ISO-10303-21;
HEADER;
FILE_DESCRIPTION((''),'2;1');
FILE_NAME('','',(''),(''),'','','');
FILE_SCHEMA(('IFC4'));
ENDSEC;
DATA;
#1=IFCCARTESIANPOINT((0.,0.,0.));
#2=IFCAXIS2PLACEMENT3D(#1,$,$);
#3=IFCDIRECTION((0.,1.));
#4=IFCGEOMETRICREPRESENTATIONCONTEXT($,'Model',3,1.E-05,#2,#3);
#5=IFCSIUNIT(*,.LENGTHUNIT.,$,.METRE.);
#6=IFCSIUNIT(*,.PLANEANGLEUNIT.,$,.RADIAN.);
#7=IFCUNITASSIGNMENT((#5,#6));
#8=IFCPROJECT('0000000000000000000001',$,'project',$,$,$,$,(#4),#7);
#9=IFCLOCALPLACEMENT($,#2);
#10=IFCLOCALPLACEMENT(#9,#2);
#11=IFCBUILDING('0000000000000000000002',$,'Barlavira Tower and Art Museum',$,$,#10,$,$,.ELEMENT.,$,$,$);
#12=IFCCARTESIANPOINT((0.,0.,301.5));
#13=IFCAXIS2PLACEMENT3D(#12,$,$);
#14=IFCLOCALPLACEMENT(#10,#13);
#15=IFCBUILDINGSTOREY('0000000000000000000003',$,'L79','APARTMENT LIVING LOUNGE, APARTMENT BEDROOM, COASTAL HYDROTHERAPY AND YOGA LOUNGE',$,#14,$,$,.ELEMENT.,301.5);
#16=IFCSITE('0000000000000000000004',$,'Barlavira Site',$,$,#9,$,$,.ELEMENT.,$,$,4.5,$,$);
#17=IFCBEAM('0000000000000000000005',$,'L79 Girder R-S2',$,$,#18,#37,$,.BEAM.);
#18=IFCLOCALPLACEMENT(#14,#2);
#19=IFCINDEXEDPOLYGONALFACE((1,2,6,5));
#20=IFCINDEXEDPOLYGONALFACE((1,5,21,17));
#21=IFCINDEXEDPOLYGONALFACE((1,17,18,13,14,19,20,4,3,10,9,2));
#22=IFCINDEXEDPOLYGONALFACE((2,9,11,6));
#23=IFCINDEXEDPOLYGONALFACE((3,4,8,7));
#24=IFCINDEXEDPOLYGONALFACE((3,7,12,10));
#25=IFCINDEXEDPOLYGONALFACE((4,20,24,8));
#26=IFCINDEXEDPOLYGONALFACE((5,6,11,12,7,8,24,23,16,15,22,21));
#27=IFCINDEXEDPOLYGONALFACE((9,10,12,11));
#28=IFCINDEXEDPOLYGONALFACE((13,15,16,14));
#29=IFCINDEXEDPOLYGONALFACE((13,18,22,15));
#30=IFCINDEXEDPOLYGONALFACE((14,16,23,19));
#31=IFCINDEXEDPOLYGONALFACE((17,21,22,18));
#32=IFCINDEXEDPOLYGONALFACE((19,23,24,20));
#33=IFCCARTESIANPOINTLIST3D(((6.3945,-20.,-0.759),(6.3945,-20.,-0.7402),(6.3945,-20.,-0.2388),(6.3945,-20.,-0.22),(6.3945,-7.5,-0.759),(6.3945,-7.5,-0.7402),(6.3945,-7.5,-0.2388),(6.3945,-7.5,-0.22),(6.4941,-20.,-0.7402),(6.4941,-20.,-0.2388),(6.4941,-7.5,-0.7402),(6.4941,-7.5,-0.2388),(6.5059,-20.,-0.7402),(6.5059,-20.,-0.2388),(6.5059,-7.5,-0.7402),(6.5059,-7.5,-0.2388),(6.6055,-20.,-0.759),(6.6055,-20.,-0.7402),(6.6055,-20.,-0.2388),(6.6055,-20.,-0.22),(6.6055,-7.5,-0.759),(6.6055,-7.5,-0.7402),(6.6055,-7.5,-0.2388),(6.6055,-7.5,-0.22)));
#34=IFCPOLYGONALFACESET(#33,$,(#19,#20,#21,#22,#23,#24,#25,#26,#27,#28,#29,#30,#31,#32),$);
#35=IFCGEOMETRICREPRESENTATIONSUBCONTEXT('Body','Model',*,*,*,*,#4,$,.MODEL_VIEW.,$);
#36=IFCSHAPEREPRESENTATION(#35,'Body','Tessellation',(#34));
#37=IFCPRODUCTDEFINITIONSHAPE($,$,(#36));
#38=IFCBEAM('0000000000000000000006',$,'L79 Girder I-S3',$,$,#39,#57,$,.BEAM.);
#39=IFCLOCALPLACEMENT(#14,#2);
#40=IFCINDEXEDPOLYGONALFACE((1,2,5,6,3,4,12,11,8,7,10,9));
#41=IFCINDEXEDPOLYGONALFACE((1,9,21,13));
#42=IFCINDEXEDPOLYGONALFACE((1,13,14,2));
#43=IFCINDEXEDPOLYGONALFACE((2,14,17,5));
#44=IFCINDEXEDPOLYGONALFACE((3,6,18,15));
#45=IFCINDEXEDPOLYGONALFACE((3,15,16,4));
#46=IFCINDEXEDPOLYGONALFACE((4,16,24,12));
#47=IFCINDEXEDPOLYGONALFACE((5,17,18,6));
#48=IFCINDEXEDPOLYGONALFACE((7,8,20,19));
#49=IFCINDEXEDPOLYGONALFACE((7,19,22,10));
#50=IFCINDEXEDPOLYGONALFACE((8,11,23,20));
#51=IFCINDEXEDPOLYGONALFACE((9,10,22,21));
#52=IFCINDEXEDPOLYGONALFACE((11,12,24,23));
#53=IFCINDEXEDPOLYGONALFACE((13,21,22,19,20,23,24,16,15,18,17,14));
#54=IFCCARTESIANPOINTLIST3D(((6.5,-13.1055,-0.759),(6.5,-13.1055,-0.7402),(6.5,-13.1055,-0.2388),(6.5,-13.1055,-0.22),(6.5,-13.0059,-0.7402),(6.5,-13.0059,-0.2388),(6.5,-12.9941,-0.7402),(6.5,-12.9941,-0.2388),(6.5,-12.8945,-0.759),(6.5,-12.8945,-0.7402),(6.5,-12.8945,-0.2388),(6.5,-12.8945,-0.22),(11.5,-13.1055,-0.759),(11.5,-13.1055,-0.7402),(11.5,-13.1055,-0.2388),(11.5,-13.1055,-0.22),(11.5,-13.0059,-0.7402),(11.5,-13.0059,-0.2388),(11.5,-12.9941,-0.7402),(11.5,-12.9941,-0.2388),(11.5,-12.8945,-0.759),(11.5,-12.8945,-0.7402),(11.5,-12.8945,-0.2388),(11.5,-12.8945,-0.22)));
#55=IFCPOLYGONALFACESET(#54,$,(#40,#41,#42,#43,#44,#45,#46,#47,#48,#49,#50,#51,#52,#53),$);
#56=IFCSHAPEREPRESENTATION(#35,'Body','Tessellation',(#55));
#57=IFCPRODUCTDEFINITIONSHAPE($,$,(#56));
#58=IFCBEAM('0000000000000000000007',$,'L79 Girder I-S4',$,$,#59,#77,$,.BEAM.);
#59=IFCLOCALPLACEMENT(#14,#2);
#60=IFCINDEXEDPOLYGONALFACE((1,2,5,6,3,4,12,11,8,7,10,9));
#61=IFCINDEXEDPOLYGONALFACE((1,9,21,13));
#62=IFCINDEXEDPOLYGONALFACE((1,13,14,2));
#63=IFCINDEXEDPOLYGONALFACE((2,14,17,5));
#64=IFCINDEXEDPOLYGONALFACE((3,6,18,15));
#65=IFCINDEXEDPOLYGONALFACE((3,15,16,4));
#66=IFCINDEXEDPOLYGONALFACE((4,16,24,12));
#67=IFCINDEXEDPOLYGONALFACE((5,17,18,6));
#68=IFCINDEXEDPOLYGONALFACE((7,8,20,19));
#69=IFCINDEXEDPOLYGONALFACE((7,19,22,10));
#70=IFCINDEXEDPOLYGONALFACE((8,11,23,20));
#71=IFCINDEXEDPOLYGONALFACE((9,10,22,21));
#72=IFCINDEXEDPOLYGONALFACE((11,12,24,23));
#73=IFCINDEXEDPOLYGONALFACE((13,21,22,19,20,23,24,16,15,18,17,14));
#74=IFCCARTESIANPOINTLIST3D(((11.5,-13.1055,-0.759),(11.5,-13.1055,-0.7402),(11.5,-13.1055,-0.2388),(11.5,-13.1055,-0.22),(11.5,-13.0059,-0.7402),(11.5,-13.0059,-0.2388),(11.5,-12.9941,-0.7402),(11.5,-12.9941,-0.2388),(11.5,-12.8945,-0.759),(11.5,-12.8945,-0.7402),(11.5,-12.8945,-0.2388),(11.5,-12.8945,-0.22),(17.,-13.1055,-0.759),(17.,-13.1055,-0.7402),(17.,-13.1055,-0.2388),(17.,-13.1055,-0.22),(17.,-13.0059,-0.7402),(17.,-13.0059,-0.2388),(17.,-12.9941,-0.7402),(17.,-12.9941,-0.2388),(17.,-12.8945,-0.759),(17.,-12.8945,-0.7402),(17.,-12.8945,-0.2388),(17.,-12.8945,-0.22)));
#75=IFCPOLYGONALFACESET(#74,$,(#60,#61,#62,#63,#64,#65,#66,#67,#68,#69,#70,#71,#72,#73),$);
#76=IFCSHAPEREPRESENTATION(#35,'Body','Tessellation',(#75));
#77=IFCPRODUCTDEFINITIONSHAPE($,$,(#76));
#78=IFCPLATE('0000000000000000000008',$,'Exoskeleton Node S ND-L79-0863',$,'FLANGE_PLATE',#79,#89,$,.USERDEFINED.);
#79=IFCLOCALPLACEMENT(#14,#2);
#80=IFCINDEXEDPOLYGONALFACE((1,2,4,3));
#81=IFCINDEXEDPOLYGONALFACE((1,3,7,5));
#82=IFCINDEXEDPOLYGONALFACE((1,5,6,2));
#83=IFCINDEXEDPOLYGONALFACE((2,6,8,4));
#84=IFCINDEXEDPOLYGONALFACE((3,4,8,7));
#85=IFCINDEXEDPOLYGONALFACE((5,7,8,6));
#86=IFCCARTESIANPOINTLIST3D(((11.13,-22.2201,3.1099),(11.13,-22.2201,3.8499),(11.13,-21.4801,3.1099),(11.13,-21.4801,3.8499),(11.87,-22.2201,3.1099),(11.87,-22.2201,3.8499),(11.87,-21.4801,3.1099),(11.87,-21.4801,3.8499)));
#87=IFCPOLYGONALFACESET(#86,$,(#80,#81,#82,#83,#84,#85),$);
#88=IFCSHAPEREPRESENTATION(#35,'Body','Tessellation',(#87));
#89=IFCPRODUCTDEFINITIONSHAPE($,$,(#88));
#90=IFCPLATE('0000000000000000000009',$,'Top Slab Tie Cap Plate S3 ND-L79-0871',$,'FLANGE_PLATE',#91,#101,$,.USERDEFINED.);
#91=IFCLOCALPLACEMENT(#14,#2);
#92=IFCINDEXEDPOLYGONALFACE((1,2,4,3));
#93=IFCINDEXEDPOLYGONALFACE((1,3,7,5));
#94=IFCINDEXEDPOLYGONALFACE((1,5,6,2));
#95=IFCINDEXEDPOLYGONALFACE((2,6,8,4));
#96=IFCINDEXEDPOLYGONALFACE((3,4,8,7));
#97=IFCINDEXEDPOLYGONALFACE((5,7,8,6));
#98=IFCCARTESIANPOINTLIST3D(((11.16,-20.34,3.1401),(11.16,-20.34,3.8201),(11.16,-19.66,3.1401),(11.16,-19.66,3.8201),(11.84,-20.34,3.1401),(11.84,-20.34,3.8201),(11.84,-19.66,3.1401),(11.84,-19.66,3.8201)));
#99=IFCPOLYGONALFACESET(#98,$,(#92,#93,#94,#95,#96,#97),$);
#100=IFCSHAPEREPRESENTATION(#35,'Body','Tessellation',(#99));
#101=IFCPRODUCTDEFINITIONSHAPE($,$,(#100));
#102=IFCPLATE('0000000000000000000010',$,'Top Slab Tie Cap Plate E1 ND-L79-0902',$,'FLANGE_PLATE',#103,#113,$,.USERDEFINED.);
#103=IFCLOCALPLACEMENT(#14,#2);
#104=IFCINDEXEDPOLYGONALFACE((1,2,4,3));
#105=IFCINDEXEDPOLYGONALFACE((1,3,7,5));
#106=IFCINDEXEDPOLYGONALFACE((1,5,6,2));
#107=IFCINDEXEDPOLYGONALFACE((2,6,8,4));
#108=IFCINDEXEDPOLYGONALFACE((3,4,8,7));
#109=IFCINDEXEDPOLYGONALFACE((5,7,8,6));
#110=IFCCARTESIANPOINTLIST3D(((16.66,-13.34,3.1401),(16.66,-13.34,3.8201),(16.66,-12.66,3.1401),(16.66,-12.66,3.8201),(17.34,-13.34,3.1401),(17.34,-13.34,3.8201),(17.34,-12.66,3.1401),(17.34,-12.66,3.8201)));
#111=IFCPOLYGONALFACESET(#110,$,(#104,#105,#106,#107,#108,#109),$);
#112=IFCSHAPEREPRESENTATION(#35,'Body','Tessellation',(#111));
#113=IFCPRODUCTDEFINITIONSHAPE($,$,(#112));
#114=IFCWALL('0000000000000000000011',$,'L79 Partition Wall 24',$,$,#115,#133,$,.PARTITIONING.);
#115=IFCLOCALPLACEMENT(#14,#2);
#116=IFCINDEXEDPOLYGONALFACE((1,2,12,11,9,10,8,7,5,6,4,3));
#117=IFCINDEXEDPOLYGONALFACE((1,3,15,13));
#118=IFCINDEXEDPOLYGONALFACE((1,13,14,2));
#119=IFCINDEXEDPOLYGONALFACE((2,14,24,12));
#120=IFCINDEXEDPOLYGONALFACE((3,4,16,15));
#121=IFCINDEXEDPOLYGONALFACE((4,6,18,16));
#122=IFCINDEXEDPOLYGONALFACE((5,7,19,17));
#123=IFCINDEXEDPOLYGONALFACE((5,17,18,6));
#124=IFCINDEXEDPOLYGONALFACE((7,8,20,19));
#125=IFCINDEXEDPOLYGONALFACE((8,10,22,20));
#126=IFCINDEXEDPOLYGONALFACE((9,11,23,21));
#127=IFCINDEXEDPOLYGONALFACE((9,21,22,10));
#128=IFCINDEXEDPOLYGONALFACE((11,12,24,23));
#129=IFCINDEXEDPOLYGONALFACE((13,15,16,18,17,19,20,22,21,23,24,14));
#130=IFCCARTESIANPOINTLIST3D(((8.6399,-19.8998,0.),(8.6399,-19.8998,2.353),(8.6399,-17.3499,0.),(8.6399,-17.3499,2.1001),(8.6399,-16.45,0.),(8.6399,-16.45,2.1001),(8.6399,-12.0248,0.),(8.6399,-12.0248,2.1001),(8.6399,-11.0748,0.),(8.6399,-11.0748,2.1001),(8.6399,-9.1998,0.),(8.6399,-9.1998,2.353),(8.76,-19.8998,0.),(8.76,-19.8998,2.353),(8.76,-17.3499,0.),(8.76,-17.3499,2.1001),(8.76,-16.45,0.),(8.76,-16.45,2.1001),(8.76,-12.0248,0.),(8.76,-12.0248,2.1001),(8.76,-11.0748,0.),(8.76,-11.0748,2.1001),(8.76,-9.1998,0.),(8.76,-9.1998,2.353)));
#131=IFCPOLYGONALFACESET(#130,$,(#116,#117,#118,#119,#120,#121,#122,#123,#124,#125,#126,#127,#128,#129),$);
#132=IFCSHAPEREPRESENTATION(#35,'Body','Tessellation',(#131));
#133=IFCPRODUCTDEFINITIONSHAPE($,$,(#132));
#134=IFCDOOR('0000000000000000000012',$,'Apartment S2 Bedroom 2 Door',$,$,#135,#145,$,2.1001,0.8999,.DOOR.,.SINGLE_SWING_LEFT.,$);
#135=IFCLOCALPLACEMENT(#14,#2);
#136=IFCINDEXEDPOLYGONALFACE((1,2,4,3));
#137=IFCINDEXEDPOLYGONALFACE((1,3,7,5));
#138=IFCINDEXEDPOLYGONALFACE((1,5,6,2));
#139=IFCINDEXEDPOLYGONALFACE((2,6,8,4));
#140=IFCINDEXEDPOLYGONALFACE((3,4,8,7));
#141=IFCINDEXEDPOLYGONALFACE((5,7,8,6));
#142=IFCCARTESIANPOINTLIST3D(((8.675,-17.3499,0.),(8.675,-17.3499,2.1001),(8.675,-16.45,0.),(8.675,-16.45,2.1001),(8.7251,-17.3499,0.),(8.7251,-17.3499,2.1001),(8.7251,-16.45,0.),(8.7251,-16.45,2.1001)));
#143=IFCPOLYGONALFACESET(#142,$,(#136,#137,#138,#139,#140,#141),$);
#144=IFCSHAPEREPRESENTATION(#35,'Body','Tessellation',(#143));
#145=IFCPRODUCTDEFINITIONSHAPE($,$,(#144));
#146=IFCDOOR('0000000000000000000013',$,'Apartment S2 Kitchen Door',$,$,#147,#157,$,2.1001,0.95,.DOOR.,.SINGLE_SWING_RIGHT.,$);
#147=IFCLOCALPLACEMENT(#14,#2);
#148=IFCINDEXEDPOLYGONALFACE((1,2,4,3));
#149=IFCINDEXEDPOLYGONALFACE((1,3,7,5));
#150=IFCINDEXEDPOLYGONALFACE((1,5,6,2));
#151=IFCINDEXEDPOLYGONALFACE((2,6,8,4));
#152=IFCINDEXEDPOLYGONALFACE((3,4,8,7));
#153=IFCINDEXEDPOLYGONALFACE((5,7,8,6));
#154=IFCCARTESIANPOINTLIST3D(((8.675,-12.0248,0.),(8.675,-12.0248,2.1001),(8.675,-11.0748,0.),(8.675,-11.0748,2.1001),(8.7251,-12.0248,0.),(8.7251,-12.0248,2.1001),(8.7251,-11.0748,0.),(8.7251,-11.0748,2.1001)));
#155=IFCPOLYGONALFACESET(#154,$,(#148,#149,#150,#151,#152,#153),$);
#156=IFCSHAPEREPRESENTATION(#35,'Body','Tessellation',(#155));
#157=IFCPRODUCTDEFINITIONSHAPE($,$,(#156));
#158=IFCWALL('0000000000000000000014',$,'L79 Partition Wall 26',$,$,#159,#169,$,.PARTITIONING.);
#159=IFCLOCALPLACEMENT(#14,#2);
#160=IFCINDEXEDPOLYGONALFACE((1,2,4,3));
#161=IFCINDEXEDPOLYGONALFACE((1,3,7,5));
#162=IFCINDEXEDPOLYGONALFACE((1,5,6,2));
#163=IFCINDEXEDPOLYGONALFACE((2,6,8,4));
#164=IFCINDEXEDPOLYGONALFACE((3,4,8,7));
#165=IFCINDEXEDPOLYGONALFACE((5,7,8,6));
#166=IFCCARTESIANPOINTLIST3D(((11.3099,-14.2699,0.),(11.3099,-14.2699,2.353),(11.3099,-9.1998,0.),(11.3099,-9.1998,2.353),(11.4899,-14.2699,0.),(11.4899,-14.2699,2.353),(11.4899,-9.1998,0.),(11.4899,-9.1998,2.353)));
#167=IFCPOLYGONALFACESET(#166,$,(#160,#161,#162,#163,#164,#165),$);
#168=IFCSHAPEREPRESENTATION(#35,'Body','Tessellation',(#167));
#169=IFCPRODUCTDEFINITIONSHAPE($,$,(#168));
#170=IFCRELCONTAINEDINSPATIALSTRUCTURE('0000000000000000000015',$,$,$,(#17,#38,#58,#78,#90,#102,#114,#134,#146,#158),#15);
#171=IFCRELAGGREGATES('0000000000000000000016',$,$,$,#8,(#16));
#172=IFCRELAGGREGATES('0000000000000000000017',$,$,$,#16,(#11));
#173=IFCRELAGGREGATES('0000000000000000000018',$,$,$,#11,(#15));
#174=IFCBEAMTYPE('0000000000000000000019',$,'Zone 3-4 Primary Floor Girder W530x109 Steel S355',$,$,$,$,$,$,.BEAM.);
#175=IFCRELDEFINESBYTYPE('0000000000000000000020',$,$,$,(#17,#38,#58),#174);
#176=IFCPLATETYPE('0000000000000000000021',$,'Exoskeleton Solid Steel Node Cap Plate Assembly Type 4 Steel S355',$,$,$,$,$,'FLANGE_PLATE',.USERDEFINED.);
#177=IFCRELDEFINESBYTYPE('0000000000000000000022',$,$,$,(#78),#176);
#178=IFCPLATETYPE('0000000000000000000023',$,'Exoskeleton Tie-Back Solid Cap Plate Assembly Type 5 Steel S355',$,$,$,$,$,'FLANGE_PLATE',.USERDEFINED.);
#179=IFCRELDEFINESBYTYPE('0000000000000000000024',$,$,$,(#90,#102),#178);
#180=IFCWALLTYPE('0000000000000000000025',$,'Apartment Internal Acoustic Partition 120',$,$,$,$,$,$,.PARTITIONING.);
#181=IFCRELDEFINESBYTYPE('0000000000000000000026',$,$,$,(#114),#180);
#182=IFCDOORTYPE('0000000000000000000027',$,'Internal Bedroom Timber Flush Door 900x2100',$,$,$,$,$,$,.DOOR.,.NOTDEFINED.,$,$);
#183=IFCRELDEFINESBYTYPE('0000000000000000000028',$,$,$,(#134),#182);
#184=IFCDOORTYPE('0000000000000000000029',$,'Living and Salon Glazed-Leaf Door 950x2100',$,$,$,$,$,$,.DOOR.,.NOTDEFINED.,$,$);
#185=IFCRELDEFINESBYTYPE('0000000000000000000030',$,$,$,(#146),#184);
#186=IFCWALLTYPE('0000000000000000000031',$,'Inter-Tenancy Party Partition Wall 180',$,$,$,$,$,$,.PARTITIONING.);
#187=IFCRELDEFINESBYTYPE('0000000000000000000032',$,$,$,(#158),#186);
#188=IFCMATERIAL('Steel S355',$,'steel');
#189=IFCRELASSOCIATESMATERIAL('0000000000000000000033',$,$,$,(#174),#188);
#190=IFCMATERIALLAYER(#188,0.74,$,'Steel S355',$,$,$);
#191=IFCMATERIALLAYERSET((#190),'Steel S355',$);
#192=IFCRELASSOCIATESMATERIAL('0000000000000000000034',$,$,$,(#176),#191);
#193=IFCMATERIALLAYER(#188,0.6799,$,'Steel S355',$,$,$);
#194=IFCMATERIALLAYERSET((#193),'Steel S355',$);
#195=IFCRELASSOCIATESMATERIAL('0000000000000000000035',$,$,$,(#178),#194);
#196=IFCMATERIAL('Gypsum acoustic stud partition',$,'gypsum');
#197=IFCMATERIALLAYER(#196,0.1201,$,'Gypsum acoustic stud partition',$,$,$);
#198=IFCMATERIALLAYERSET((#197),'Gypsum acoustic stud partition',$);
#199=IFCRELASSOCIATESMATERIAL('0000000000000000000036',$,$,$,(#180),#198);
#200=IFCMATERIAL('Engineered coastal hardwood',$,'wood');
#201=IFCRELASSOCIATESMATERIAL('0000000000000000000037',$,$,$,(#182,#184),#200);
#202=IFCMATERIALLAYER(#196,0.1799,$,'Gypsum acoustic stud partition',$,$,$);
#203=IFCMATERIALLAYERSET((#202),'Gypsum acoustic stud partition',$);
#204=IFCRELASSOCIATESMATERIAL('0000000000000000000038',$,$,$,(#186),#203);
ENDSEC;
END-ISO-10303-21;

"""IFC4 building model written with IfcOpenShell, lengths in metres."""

from ifc_helpers import new_model, si_unit, direction, frame, frame_2d, origin, origin_2d, place, context, subcontext, project, spatial, rectangle, i_section, extrude, material, layer, layer_set, material_profile, profile_set, type_object, element, fill, save


model = new_model("IFC4")

# Units and contexts
model_context = context("Model", 3, precision=1e-05, world=origin(), true_north=direction((0.0, 1.0)))
body_context = subcontext(model_context, "Body", "Model", "MODEL_VIEW")
ifc_project = project(units=[si_unit("LENGTHUNIT", "METRE"), si_unit("PLANEANGLEUNIT", "RADIAN")], contexts=[model_context])

# Site, building, storey
site_placement = place(None, origin())
site = spatial("IfcSite", under=ifc_project, at=site_placement, Name="Barlavira Site", CompositionType="ELEMENT", RefElevation=4.5)
building_placement = place(site_placement, origin())
building = spatial("IfcBuilding", under=site, at=building_placement, Name="Barlavira Tower and Art Museum", CompositionType="ELEMENT")
storey_placement = place(building_placement, frame((0.0, 0.0, 301.5)))
storey = spatial("IfcBuildingStorey", under=building, at=storey_placement, Name="L79", Description="APARTMENT LIVING LOUNGE, APARTMENT BEDROOM, COASTAL HYDROTHERAPY AND YOGA LOUNGE", CompositionType="ELEMENT", Elevation=301.5)

# Shared definitions
ifc_material_1 = material(Name="Steel S355", Category="steel")

# Beams
ifc_material_profile_1 = material_profile(ifc_material_1, i_section(OverallWidth=0.2109, OverallDepth=0.5391, WebThickness=0.0117, FlangeThickness=0.0188, at=origin_2d()), Name="W530x109.0")
ifc_profile_set_1 = profile_set([ifc_material_profile_1], Name="Steel S355")
beam_type_1 = type_object("IfcBeamType", Name="Zone 3-4 Primary Floor Girder W530x109 Steel S355", PredefinedType="BEAM", material=ifc_profile_set_1)
beam_1_placement = place(storey_placement, frame((6.5, -20.0, -0.4895), z_axis=(0.0, 1.0, 0.0), x_axis=(-1.0, 0.0, 0.0)))
element("IfcBeam", 1, at=beam_1_placement, inside=storey, type_object=beam_type_1, Name="L79 Girder R-S2", PredefinedType="BEAM", context=body_context, shape_type="SweptSolid", body=[
    extrude(i_section(OverallWidth=0.2109, OverallDepth=0.5391, WebThickness=0.0117, FlangeThickness=0.0188, at=origin_2d()), origin(), (0.0, 0.0, 1.0), 12.5),
])
beam_2_placement = place(storey_placement, frame((6.5, -13.0, -0.4895), z_axis=(1.0, 0.0, 0.0), x_axis=(0.0, 1.0, 0.0)))
element("IfcBeam", 2, at=beam_2_placement, inside=storey, type_object=beam_type_1, Name="L79 Girder I-S3", PredefinedType="BEAM", context=body_context, shape_type="SweptSolid", body=[
    extrude(i_section(OverallWidth=0.2109, OverallDepth=0.5391, WebThickness=0.0117, FlangeThickness=0.0188, at=origin_2d()), origin(), (0.0, 0.0, 1.0), 5.0),
])
beam_3_placement = place(storey_placement, frame((11.5, -13.0, -0.4895), z_axis=(1.0, 0.0, 0.0), x_axis=(0.0, 1.0, 0.0)))
element("IfcBeam", 3, at=beam_3_placement, inside=storey, type_object=beam_type_1, Name="L79 Girder I-S4", PredefinedType="BEAM", context=body_context, shape_type="SweptSolid", body=[
    extrude(i_section(OverallWidth=0.2109, OverallDepth=0.5391, WebThickness=0.0117, FlangeThickness=0.0188, at=origin_2d()), origin(), (0.0, 0.0, 1.0), 5.5),
])

# Plates
ifc_layer_1 = layer(ifc_material_1, 0.74, Name="Steel S355")
ifc_layer_set_1 = layer_set([ifc_layer_1], Name="Steel S355")
plate_type_1 = type_object("IfcPlateType", Name="Exoskeleton Solid Steel Node Cap Plate Assembly Type 4 Steel S355", ElementType="FLANGE_PLATE", PredefinedType="USERDEFINED", material=ifc_layer_set_1)
plate_placement = place(storey_placement, frame((11.5, -21.8501, 3.1099), z_axis=(0.0, 0.0, 1.0), x_axis=(1.0, 0.0, 0.0)))
element("IfcPlate", 4, at=plate_placement, inside=storey, type_object=plate_type_1, Name="Exoskeleton Node S ND-L79-0863", ObjectType="FLANGE_PLATE", PredefinedType="USERDEFINED", context=body_context, shape_type="SweptSolid", body=[
    extrude(rectangle(XDim=0.74, YDim=0.74, at=origin_2d()), origin(), (0.0, 0.0, 1.0), 0.74),
])
ifc_layer_2 = layer(ifc_material_1, 0.6799, Name="Steel S355")
ifc_layer_set_2 = layer_set([ifc_layer_2], Name="Steel S355")
plate_type_2 = type_object("IfcPlateType", Name="Exoskeleton Tie-Back Solid Cap Plate Assembly Type 5 Steel S355", ElementType="FLANGE_PLATE", PredefinedType="USERDEFINED", material=ifc_layer_set_2)
for number, where, z_axis, x_axis, name in (
    (5, (11.5, -20.0, 3.1401), (0.0, 0.0, 1.0), (1.0, 0.0, 0.0), "Top Slab Tie Cap Plate S3 ND-L79-0871"),
    (6, (17.0, -13.0, 3.1401), (0.0, 0.0, 1.0), (1.0, 0.0, 0.0), "Top Slab Tie Cap Plate E1 ND-L79-0902"),
):
    element("IfcPlate", number, at=place(storey_placement, frame(where, z_axis=z_axis, x_axis=x_axis)), inside=storey, type_object=plate_type_2, Name=name, ObjectType="FLANGE_PLATE", PredefinedType="USERDEFINED", context=body_context, shape_type="SweptSolid", body=[
        extrude(rectangle(XDim=0.6799, YDim=0.6799, at=origin_2d()), origin(), (0.0, 0.0, 1.0), 0.6799),
    ])

# Wall, openings, doors
ifc_material_2 = material(Name="Gypsum acoustic stud partition", Category="gypsum")
ifc_layer_3 = layer(ifc_material_2, 0.1201, Name="Gypsum acoustic stud partition")
ifc_layer_set_3 = layer_set([ifc_layer_3], Name="Gypsum acoustic stud partition")
wall_type_1 = type_object("IfcWallType", Name="Apartment Internal Acoustic Partition 120", PredefinedType="PARTITIONING", material=ifc_layer_set_3)
wall_1_placement = place(storey_placement, frame((8.7, -19.8999, 0.0), z_axis=(0.0, 0.0, 1.0), x_axis=(0.0, 1.0, 0.0)))
wall_1 = element("IfcWall", 7, at=wall_1_placement, inside=storey, type_object=wall_type_1, Name="L79 Partition Wall 24", PredefinedType="PARTITIONING", context=body_context, shape_type="SweptSolid", body=[
    extrude(rectangle(XDim=10.7, YDim=0.1201, at=frame_2d((5.3501, 0.0))), origin(), (0.0, 0.0, 1.0), 2.353),
])
opening_1_placement = place(wall_1_placement, frame((7.875, 0.0, 0.0)))
opening_1 = element("IfcOpeningElement", 8, at=opening_1_placement, cuts=wall_1, PredefinedType="OPENING", context=body_context, shape_type="SweptSolid", body=[
    extrude(rectangle(XDim=0.95, YDim=2.1001, at=frame_2d((0.4751, 1.05))), frame((0.0, 0.0701, 0.0), z_axis=(0.0, -1.0, 0.0), x_axis=(1.0, 0.0, 0.0)), (0.0, 0.0, 1.0), 0.1401),
])
opening_2_placement = place(wall_1_placement, frame((2.55, 0.0, 0.0)))
opening_2 = element("IfcOpeningElement", 9, at=opening_2_placement, cuts=wall_1, PredefinedType="OPENING", context=body_context, shape_type="SweptSolid", body=[
    extrude(rectangle(XDim=0.8999, YDim=2.1001, at=frame_2d((0.45, 1.05))), frame((0.0, 0.0701, 0.0), z_axis=(0.0, -1.0, 0.0), x_axis=(1.0, 0.0, 0.0)), (0.0, 0.0, 1.0), 0.1401),
])
ifc_material_3 = material(Name="Engineered coastal hardwood", Category="wood")
door_type_1 = type_object("IfcDoorType", Name="Internal Bedroom Timber Flush Door 900x2100", OperationType="NOTDEFINED", PredefinedType="DOOR", material=ifc_material_3)
door_1_placement = place(opening_2_placement, origin())
door_1 = element("IfcDoor", 10, at=door_1_placement, inside=storey, type_object=door_type_1, Name="Apartment S2 Bedroom 2 Door", OperationType="SINGLE_SWING_LEFT", OverallHeight=2.1001, OverallWidth=0.8999, PredefinedType="DOOR", context=body_context, shape_type="SweptSolid", body=[
    extrude(rectangle(XDim=0.8999, YDim=2.1001, at=frame_2d((0.45, 1.05))), frame((0.0, 0.0249, 0.0), z_axis=(0.0, -1.0, 0.0), x_axis=(1.0, 0.0, 0.0)), (0.0, 0.0, 1.0), 0.05),
])
fill(opening_2, door_1)
door_type_2 = type_object("IfcDoorType", Name="Living and Salon Glazed-Leaf Door 950x2100", OperationType="NOTDEFINED", PredefinedType="DOOR", material=ifc_material_3)
door_2_placement = place(opening_1_placement, origin())
door_2 = element("IfcDoor", 11, at=door_2_placement, inside=storey, type_object=door_type_2, Name="Apartment S2 Kitchen Door", OperationType="SINGLE_SWING_RIGHT", OverallHeight=2.1001, OverallWidth=0.95, PredefinedType="DOOR", context=body_context, shape_type="SweptSolid", body=[
    extrude(rectangle(XDim=0.95, YDim=2.1001, at=frame_2d((0.4751, 1.05))), frame((0.0, 0.0249, 0.0), z_axis=(0.0, -1.0, 0.0), x_axis=(1.0, 0.0, 0.0)), (0.0, 0.0, 1.0), 0.05),
])
fill(opening_1, door_2)

# Wall
ifc_layer_4 = layer(ifc_material_2, 0.1799, Name="Gypsum acoustic stud partition")
ifc_layer_set_4 = layer_set([ifc_layer_4], Name="Gypsum acoustic stud partition")
wall_type_2 = type_object("IfcWallType", Name="Inter-Tenancy Party Partition Wall 180", PredefinedType="PARTITIONING", material=ifc_layer_set_4)
wall_2_placement = place(storey_placement, frame((11.3999, -14.27, 0.0), z_axis=(0.0, 0.0, 1.0), x_axis=(0.0, 1.0, 0.0)))
element("IfcWall", 12, at=wall_2_placement, inside=storey, type_object=wall_type_2, Name="L79 Partition Wall 26", PredefinedType="PARTITIONING", context=body_context, shape_type="SweptSolid", body=[
    extrude(rectangle(XDim=5.0701, YDim=0.1799, at=frame_2d((2.5352, 0.0))), origin(), (0.0, 0.0, 1.0), 2.353),
])

save(model, "model.ifc")
